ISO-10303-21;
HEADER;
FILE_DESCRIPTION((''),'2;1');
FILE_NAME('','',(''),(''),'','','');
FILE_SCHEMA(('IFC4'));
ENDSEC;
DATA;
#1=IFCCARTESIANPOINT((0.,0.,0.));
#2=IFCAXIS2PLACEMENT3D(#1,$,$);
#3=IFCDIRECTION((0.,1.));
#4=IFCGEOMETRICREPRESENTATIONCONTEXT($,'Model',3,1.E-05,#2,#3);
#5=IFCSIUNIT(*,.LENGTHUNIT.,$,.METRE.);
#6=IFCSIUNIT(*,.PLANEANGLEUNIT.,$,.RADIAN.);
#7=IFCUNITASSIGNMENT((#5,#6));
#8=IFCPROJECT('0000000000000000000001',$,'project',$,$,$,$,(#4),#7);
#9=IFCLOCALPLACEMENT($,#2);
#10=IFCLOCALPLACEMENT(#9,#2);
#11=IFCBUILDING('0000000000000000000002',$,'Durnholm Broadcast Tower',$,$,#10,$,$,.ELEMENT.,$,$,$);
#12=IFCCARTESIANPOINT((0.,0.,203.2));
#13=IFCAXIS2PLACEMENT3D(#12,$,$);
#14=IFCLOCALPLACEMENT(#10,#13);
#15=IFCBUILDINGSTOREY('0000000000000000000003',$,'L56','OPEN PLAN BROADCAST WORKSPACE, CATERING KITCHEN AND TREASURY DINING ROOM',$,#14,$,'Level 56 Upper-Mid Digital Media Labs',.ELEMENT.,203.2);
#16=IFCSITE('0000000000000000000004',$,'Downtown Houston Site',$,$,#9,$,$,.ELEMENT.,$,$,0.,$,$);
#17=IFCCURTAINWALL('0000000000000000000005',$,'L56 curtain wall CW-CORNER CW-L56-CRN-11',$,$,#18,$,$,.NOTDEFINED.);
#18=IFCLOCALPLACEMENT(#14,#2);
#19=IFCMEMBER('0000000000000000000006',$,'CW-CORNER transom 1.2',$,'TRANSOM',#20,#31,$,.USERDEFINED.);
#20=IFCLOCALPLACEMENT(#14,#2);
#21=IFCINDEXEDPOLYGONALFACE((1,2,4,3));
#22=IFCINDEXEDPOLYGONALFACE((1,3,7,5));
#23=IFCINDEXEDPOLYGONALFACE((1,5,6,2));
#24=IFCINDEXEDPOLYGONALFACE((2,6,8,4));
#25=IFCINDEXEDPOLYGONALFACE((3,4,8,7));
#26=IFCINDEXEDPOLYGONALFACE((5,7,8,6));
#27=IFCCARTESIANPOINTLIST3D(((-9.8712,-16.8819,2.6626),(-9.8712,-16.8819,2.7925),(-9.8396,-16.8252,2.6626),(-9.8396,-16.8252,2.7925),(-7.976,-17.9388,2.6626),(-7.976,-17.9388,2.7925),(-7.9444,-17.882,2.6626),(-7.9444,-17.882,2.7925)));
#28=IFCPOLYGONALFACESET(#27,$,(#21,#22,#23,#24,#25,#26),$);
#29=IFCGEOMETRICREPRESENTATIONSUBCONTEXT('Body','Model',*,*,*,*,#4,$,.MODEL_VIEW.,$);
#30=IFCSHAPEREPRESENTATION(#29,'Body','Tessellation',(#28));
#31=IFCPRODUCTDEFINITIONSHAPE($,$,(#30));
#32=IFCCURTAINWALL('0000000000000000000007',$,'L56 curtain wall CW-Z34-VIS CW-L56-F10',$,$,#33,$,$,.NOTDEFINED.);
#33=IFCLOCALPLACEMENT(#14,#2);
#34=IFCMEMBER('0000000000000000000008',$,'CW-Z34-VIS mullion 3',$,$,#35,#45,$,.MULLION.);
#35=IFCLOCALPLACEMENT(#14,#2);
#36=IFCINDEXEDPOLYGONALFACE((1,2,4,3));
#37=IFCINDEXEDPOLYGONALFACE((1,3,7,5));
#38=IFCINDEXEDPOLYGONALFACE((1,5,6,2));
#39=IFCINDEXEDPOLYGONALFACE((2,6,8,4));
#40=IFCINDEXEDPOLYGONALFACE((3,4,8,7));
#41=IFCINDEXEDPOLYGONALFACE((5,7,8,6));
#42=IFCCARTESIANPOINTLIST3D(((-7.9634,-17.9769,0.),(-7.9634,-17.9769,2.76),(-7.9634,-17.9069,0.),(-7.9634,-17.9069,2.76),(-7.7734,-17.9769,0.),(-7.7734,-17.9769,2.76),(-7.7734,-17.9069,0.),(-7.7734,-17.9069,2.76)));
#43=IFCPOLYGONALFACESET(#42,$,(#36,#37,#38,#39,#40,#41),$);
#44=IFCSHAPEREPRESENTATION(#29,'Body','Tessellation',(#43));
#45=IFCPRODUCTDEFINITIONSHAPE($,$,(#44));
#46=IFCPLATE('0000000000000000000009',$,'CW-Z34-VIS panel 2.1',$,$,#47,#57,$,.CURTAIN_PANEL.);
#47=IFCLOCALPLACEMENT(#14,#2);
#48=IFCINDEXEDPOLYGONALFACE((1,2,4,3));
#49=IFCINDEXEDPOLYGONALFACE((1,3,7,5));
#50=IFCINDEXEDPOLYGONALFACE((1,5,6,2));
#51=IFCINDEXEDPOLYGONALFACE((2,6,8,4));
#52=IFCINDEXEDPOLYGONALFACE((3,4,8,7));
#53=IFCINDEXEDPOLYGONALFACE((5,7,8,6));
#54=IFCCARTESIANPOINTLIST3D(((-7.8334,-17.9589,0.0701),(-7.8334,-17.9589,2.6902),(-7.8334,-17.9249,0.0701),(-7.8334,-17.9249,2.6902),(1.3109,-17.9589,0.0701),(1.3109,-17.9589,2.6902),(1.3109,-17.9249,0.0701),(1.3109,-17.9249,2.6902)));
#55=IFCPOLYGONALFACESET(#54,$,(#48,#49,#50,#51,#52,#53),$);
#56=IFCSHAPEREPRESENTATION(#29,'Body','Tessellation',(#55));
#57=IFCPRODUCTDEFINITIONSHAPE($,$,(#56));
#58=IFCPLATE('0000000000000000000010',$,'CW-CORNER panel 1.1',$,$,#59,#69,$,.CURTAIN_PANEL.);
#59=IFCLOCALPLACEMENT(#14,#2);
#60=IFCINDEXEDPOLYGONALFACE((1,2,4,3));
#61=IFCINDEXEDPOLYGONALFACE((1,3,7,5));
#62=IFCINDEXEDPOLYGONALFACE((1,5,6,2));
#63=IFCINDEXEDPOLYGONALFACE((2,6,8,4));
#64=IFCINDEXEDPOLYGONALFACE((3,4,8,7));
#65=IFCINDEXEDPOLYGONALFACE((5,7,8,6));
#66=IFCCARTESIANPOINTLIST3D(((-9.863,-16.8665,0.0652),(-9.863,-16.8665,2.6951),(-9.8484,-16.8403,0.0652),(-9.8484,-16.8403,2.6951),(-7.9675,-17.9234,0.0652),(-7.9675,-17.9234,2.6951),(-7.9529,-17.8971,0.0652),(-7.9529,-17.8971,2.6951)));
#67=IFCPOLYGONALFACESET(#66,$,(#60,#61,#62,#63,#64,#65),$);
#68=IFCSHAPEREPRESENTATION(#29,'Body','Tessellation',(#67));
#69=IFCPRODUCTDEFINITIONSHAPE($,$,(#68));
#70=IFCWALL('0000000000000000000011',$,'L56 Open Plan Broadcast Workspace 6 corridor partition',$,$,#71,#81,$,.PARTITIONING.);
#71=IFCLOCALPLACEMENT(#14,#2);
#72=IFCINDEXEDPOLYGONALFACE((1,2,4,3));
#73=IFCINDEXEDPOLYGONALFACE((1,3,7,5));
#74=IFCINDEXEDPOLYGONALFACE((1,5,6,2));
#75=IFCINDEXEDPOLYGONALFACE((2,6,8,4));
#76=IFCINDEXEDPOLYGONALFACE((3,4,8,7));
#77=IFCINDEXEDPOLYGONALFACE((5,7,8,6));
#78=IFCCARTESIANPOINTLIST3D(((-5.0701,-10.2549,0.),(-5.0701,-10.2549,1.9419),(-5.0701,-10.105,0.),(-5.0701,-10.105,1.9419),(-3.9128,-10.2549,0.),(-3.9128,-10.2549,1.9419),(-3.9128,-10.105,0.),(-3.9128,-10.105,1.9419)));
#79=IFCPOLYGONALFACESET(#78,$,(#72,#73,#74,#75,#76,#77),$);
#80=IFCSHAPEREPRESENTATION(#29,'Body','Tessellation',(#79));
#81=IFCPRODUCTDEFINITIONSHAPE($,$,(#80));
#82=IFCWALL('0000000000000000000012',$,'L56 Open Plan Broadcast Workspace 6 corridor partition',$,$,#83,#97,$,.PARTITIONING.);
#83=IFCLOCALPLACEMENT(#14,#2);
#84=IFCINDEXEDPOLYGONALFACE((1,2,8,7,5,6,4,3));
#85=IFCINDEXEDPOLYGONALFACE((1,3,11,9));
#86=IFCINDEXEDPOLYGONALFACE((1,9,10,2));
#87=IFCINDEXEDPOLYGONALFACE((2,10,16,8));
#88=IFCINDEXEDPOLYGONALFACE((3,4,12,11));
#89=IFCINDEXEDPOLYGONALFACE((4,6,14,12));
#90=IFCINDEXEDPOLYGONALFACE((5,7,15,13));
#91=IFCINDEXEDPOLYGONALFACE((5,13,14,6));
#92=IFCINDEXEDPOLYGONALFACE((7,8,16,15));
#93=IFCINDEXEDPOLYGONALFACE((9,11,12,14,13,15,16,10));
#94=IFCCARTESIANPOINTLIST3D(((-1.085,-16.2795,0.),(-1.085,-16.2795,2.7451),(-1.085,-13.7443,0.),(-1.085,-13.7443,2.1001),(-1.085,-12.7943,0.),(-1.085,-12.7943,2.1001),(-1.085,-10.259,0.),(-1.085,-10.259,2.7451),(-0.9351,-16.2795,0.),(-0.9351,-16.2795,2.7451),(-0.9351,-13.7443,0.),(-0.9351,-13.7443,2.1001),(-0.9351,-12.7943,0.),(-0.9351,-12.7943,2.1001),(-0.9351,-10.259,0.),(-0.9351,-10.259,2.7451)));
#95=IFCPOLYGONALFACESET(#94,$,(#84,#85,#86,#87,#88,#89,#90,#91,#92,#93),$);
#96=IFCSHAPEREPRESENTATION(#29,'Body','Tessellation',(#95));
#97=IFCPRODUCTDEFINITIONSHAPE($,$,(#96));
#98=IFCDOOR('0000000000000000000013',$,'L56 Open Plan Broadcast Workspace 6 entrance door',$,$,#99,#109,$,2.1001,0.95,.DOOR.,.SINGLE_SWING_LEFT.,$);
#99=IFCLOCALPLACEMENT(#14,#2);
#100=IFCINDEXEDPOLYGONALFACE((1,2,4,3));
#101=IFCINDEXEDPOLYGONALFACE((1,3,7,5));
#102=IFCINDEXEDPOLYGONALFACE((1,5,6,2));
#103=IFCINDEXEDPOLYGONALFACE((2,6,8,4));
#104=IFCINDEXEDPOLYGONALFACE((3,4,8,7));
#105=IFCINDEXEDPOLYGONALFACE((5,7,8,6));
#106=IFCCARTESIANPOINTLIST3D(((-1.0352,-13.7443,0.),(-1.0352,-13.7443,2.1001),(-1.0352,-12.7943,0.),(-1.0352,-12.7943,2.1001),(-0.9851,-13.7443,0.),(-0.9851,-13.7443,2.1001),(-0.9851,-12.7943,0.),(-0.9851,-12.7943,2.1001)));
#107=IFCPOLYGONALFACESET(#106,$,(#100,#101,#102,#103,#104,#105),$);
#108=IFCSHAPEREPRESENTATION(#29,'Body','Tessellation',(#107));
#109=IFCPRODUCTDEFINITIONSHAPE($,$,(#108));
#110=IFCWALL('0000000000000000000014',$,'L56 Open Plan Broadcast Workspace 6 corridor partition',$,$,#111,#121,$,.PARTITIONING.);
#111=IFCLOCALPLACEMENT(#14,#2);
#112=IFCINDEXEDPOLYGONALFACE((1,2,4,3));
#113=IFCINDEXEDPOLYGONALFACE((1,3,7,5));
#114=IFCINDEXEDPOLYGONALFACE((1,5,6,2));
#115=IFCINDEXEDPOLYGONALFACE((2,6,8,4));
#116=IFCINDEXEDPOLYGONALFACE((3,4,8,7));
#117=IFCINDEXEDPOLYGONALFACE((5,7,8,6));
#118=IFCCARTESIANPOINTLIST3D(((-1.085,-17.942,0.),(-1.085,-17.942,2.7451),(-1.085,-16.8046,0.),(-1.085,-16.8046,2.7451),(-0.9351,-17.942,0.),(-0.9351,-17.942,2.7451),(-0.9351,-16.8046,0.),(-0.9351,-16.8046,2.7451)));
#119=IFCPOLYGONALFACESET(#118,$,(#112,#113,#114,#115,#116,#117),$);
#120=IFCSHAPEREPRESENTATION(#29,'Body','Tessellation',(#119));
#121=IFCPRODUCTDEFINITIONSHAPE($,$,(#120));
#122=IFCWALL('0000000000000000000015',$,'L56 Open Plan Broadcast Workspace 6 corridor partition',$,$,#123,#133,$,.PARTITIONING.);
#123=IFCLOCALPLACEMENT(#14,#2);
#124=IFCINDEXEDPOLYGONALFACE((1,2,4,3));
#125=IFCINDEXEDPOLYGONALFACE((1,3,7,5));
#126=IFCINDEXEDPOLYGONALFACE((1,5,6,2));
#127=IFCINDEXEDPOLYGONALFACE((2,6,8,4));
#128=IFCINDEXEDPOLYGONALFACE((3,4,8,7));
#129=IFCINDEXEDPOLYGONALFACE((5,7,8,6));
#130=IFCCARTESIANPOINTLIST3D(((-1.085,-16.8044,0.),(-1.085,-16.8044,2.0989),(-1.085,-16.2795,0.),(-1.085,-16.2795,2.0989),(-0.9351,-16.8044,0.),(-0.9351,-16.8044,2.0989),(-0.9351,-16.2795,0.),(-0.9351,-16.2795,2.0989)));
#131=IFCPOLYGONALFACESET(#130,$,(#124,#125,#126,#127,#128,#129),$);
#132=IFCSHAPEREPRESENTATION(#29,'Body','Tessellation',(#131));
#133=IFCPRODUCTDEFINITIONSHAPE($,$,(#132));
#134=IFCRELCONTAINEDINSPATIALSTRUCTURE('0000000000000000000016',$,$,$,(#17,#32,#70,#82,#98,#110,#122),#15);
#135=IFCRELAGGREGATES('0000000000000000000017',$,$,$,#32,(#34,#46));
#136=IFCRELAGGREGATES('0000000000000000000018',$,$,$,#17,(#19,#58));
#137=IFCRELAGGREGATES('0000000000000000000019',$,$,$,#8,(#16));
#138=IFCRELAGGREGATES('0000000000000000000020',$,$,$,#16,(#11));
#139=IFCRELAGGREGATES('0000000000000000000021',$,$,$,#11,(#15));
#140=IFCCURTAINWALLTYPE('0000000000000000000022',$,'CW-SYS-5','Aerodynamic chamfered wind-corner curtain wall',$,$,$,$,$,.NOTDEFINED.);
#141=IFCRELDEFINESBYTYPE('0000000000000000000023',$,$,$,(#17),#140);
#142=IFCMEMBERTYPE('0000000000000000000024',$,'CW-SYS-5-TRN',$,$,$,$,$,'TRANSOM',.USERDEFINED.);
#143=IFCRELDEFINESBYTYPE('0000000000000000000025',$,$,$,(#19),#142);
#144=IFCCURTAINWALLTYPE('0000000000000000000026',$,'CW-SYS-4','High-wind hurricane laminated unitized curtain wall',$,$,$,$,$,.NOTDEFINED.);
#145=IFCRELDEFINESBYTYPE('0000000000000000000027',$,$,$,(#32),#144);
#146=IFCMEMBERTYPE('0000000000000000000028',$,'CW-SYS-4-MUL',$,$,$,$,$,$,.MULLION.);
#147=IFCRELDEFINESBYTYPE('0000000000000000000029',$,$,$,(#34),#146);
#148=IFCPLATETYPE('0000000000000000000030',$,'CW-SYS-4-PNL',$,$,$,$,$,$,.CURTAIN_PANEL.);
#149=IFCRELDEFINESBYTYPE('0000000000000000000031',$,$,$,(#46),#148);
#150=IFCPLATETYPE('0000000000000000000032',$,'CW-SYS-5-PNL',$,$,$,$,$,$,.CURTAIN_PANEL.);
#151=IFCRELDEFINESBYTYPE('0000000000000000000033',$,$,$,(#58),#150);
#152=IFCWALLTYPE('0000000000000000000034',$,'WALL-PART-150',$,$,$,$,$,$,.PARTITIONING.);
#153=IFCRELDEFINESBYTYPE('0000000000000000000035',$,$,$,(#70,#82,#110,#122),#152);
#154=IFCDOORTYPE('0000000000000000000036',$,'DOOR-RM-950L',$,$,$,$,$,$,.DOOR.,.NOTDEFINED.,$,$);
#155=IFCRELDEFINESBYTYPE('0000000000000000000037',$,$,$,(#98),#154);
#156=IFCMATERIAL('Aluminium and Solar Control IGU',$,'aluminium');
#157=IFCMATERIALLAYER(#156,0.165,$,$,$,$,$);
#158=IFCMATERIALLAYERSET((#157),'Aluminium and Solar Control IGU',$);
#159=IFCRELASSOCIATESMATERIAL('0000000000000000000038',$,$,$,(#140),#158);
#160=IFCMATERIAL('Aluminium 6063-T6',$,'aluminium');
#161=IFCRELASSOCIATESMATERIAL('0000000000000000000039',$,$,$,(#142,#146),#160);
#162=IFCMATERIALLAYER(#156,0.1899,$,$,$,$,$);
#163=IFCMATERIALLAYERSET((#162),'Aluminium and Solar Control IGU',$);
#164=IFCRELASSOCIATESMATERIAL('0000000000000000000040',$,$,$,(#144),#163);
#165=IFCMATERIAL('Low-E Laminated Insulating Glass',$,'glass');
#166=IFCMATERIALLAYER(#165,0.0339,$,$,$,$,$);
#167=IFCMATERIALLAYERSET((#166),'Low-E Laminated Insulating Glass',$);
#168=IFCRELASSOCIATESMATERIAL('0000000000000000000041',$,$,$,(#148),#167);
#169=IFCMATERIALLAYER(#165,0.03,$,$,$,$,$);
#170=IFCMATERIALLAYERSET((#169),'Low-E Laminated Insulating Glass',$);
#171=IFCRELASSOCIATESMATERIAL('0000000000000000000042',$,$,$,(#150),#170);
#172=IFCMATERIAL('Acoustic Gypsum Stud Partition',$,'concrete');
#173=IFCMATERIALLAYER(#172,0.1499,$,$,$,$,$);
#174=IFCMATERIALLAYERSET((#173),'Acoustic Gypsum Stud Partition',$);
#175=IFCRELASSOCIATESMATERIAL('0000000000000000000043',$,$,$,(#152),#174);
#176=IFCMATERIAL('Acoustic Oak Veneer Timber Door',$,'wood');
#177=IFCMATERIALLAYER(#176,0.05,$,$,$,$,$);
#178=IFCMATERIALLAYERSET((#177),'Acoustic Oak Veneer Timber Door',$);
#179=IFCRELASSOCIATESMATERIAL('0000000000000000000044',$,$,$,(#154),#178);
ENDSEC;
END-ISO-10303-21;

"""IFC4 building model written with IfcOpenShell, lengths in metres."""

from ifc_helpers import new_model, si_unit, direction, frame, frame_2d, origin, origin_2d, place, context, subcontext, project, spatial, rectangle, extrude, source, transform, mapped, material, layer, layer_set, material_profile, profile_set, type_object, type_shapes, element, fill, aggregate, save


model = new_model("IFC4")

# Units and contexts
model_context = context("Model", 3, precision=1e-05, world=origin(), true_north=direction((0.0, 1.0)))
body_context = subcontext(model_context, "Body", "Model", "MODEL_VIEW")
ifc_project = project(units=[si_unit("LENGTHUNIT", "METRE"), si_unit("PLANEANGLEUNIT", "RADIAN")], contexts=[model_context])

# Site, building, storey
site_placement = place(None, origin())
site = spatial("IfcSite", under=ifc_project, at=site_placement, Name="Downtown Houston Site", CompositionType="ELEMENT", RefElevation=0.0)
building_placement = place(site_placement, origin())
building = spatial("IfcBuilding", under=site, at=building_placement, Name="Durnholm Broadcast Tower", CompositionType="ELEMENT")
storey_placement = place(building_placement, frame((0.0, 0.0, 203.2)))
storey = spatial("IfcBuildingStorey", under=building, at=storey_placement, Name="L56", Description="OPEN PLAN BROADCAST WORKSPACE, CATERING KITCHEN AND TREASURY DINING ROOM", LongName="Level 56 Upper-Mid Digital Media Labs", CompositionType="ELEMENT", Elevation=203.2)

# Curtain wall, member
ifc_material_1 = material(Name="Aluminium and Solar Control IGU", Category="aluminium")
ifc_layer_1 = layer(ifc_material_1, 0.165)
ifc_layer_set_1 = layer_set([ifc_layer_1], Name="Aluminium and Solar Control IGU")
curtain_wall_type_1 = type_object("IfcCurtainWallType", Name="CW-SYS-5", Description="Aerodynamic chamfered wind-corner curtain wall", PredefinedType="NOTDEFINED", material=ifc_layer_set_1)
curtain_wall_1_placement = place(storey_placement, origin())
curtain_wall_1 = element("IfcCurtainWall", 1, at=curtain_wall_1_placement, inside=storey, type_object=curtain_wall_type_1, Name="L56 curtain wall CW-CORNER CW-L56-CRN-11", PredefinedType="NOTDEFINED")
ifc_material_2 = material(Name="Aluminium 6063-T6", Category="aluminium")
ifc_material_profile_1 = material_profile(ifc_material_2, rectangle(XDim=0.0649, YDim=0.1299, at=origin_2d()), Name="CWT65X130")
ifc_profile_set_1 = profile_set([ifc_material_profile_1], Name="Aluminium 6063-T6")
member_type_1 = type_object("IfcMemberType", Name="CW-SYS-5-TRN", ElementType="TRANSOM", PredefinedType="USERDEFINED", material=ifc_profile_set_1)
shared_shape_1 = source(origin(), body_context, "Body", "SweptSolid", [
    extrude(rectangle(XDim=0.0649, YDim=0.1299, at=origin_2d()), origin(), (0.0, 0.0, 1.0), 2.1699),
])
type_shapes(member_type_1, [shared_shape_1])
member_1_placement = place(storey_placement, frame((-7.9602, -17.9104, 2.7275), z_axis=(-0.873381, 0.487037, 0.0), x_axis=(-0.487037, -0.873381, 0.0)))
member_1 = element("IfcMember", 2, at=member_1_placement, type_object=member_type_1, Name="CW-CORNER transom 1.2", ObjectType="TRANSOM", PredefinedType="USERDEFINED", context=body_context, shape_type="MappedRepresentation", body=[
    mapped(shared_shape_1, transform((0.0, 0.0, 0.0), x_axis=(1.0, 0.0, 0.0), y_axis=(0.0, 1.0, 0.0), z_axis=(0.0, 0.0, 1.0), scale=1.0)),
])

# Curtain wall, member, plate
ifc_layer_2 = layer(ifc_material_1, 0.1899)
ifc_layer_set_2 = layer_set([ifc_layer_2], Name="Aluminium and Solar Control IGU")
curtain_wall_type_2 = type_object("IfcCurtainWallType", Name="CW-SYS-4", Description="High-wind hurricane laminated unitized curtain wall", PredefinedType="NOTDEFINED", material=ifc_layer_set_2)
curtain_wall_2_placement = place(storey_placement, origin())
curtain_wall_2 = element("IfcCurtainWall", 3, at=curtain_wall_2_placement, inside=storey, type_object=curtain_wall_type_2, Name="L56 curtain wall CW-Z34-VIS CW-L56-F10", PredefinedType="NOTDEFINED")
ifc_material_profile_2 = material_profile(ifc_material_2, rectangle(XDim=0.0701, YDim=0.1899, at=origin_2d()), Name="CWM70X190")
ifc_profile_set_2 = profile_set([ifc_material_profile_2], Name="Aluminium 6063-T6")
member_type_2 = type_object("IfcMemberType", Name="CW-SYS-4-MUL", PredefinedType="MULLION", material=ifc_profile_set_2)
shared_shape_2 = source(origin(), body_context, "Body", "SweptSolid", [
    extrude(rectangle(XDim=0.0701, YDim=0.1899, at=origin_2d()), origin(), (0.0, 0.0, 1.0), 2.76),
])
type_shapes(member_type_2, [shared_shape_2])
member_2_placement = place(storey_placement, frame((-7.8684, -17.9419, 0.0), z_axis=(0.0, 0.0, 1.0), x_axis=(0.0, -1.0, 0.0)))
member_2 = element("IfcMember", 4, at=member_2_placement, type_object=member_type_2, Name="CW-Z34-VIS mullion 3", PredefinedType="MULLION", context=body_context, shape_type="MappedRepresentation", body=[
    mapped(shared_shape_2, transform((0.0, 0.0, 0.0), x_axis=(1.0, 0.0, 0.0), y_axis=(0.0, 1.0, 0.0), z_axis=(0.0, 0.0, 1.0), scale=1.0)),
])
ifc_material_3 = material(Name="Low-E Laminated Insulating Glass", Category="glass")
ifc_layer_3 = layer(ifc_material_3, 0.0339)
ifc_layer_set_3 = layer_set([ifc_layer_3], Name="Low-E Laminated Insulating Glass")
plate_type_1 = type_object("IfcPlateType", Name="CW-SYS-4-PNL", PredefinedType="CURTAIN_PANEL", material=ifc_layer_set_3)
shared_shape_3 = source(origin(), body_context, "Body", "SweptSolid", [
    extrude(rectangle(XDim=9.1443, YDim=0.0339, at=origin_2d()), origin(), (0.0, 0.0, 1.0), 2.6201),
])
type_shapes(plate_type_1, [shared_shape_3])
plate_1_placement = place(storey_placement, frame((-3.2612, -17.9419, 0.0701), z_axis=(0.0, 0.0, 1.0), x_axis=(-1.0, 0.0, 0.0)))
plate_1 = element("IfcPlate", 5, at=plate_1_placement, type_object=plate_type_1, Name="CW-Z34-VIS panel 2.1", PredefinedType="CURTAIN_PANEL", context=body_context, shape_type="MappedRepresentation", body=[
    mapped(shared_shape_3, transform((0.0, 0.0, 0.0), x_axis=(1.0, 0.0, 0.0), y_axis=(0.0, 1.0, 0.0), z_axis=(0.0, 0.0, 1.0), scale=1.0)),
])
aggregate(curtain_wall_2, [member_2, plate_1])

# Plate
ifc_layer_4 = layer(ifc_material_3, 0.03)
ifc_layer_set_4 = layer_set([ifc_layer_4], Name="Low-E Laminated Insulating Glass")
plate_type_2 = type_object("IfcPlateType", Name="CW-SYS-5-PNL", PredefinedType="CURTAIN_PANEL", material=ifc_layer_set_4)
shared_shape_4 = source(origin(), body_context, "Body", "SweptSolid", [
    extrude(rectangle(XDim=2.1702, YDim=0.03, at=origin_2d()), origin(), (0.0, 0.0, 1.0), 2.6299),
])
type_shapes(plate_type_2, [shared_shape_4])
plate_2_placement = place(storey_placement, frame((-8.908, -17.3818, 0.0652), z_axis=(0.0, 0.0, 1.0), x_axis=(-0.87341, 0.486986, 0.0)))
plate_2 = element("IfcPlate", 6, at=plate_2_placement, type_object=plate_type_2, Name="CW-CORNER panel 1.1", PredefinedType="CURTAIN_PANEL", context=body_context, shape_type="MappedRepresentation", body=[
    mapped(shared_shape_4, transform((0.0, 0.0, 0.0), x_axis=(1.0, 0.0, 0.0), y_axis=(0.0, 1.0, 0.0), z_axis=(0.0, 0.0, 1.0), scale=1.0)),
])
aggregate(curtain_wall_1, [member_1, plate_2])

# Wall
ifc_material_4 = material(Name="Acoustic Gypsum Stud Partition", Category="concrete")
ifc_layer_5 = layer(ifc_material_4, 0.1499)
ifc_layer_set_5 = layer_set([ifc_layer_5], Name="Acoustic Gypsum Stud Partition")
wall_type = type_object("IfcWallType", Name="WALL-PART-150", PredefinedType="PARTITIONING", material=ifc_layer_set_5)
wall_1_placement = place(storey_placement, frame((-5.0701, -10.1799, 0.0), z_axis=(0.0, 0.0, 1.0), x_axis=(1.0, 0.0, 0.0)))
element("IfcWall", 7, at=wall_1_placement, inside=storey, type_object=wall_type, Name="L56 Open Plan Broadcast Workspace 6 corridor partition", PredefinedType="PARTITIONING", context=body_context, shape_type="SweptSolid", body=[
    extrude(rectangle(XDim=1.1572, YDim=0.1499, at=frame_2d((0.5786, 0.0))), origin(), (0.0, 0.0, 1.0), 1.9419),
])

# Wall, opening, door
wall_2_placement = place(storey_placement, frame((-1.01, -10.259, 0.0), z_axis=(0.0, 0.0, 1.0), x_axis=(0.0, -1.0, 0.0)))
wall_2 = element("IfcWall", 8, at=wall_2_placement, inside=storey, type_object=wall_type, Name="L56 Open Plan Broadcast Workspace 6 corridor partition", PredefinedType="PARTITIONING", context=body_context, shape_type="SweptSolid", body=[
    extrude(rectangle(XDim=6.0205, YDim=0.1499, at=frame_2d((3.0103, 0.0))), origin(), (0.0, 0.0, 1.0), 2.7451),
])
opening_placement = place(wall_2_placement, frame((2.5352, 0.0, 0.0)))
opening = element("IfcOpeningElement", 9, at=opening_placement, cuts=wall_2, PredefinedType="OPENING", context=body_context, shape_type="SweptSolid", body=[
    extrude(rectangle(XDim=0.95, YDim=2.1001, at=frame_2d((0.4751, 1.05))), frame((0.0, 0.085, 0.0), z_axis=(0.0, -1.0, 0.0), x_axis=(1.0, 0.0, 0.0)), (0.0, 0.0, 1.0), 0.1699),
])
ifc_material_5 = material(Name="Acoustic Oak Veneer Timber Door", Category="wood")
ifc_layer_6 = layer(ifc_material_5, 0.05)
ifc_layer_set_6 = layer_set([ifc_layer_6], Name="Acoustic Oak Veneer Timber Door")
door_type = type_object("IfcDoorType", Name="DOOR-RM-950L", OperationType="NOTDEFINED", PredefinedType="DOOR", material=ifc_layer_set_6)
shared_shape_5 = source(origin(), body_context, "Body", "SweptSolid", [
    extrude(rectangle(XDim=0.95, YDim=2.1001, at=frame_2d((0.4751, 1.05))), frame((0.0, 0.0249, 0.0), z_axis=(0.0, -1.0, 0.0), x_axis=(1.0, 0.0, 0.0)), (0.0, 0.0, 1.0), 0.05),
])
type_shapes(door_type, [shared_shape_5])
door_placement = place(opening_placement, origin())
door = element("IfcDoor", 10, at=door_placement, inside=storey, type_object=door_type, Name="L56 Open Plan Broadcast Workspace 6 entrance door", OperationType="SINGLE_SWING_LEFT", OverallHeight=2.1001, OverallWidth=0.95, PredefinedType="DOOR", context=body_context, shape_type="MappedRepresentation", body=[
    mapped(shared_shape_5, transform((0.0, 0.0, 0.0), x_axis=(1.0, 0.0, 0.0), y_axis=(0.0, 1.0, 0.0), z_axis=(0.0, 0.0, 1.0), scale=1.0)),
])
fill(opening, door)

# Walls
wall_3_placement = place(storey_placement, frame((-1.01, -16.8044, 0.0), z_axis=(0.0, 0.0, 1.0), x_axis=(0.0, -1.0, 0.0)))
element("IfcWall", 11, at=wall_3_placement, inside=storey, type_object=wall_type, Name="L56 Open Plan Broadcast Workspace 6 corridor partition", PredefinedType="PARTITIONING", context=body_context, shape_type="SweptSolid", body=[
    extrude(rectangle(XDim=1.1375, YDim=0.1499, at=frame_2d((0.5688, 0.0))), origin(), (0.0, 0.0, 1.0), 2.7451),
])
wall_4_placement = place(storey_placement, frame((-1.01, -16.2795, 0.0), z_axis=(0.0, 0.0, 1.0), x_axis=(0.0, -1.0, 0.0)))
element("IfcWall", 12, at=wall_4_placement, inside=storey, type_object=wall_type, Name="L56 Open Plan Broadcast Workspace 6 corridor partition", PredefinedType="PARTITIONING", context=body_context, shape_type="SweptSolid", body=[
    extrude(rectangle(XDim=0.5249, YDim=0.1499, at=frame_2d((0.2625, 0.0))), origin(), (0.0, 0.0, 1.0), 2.0989),
])

save(model, "model.ifc")
